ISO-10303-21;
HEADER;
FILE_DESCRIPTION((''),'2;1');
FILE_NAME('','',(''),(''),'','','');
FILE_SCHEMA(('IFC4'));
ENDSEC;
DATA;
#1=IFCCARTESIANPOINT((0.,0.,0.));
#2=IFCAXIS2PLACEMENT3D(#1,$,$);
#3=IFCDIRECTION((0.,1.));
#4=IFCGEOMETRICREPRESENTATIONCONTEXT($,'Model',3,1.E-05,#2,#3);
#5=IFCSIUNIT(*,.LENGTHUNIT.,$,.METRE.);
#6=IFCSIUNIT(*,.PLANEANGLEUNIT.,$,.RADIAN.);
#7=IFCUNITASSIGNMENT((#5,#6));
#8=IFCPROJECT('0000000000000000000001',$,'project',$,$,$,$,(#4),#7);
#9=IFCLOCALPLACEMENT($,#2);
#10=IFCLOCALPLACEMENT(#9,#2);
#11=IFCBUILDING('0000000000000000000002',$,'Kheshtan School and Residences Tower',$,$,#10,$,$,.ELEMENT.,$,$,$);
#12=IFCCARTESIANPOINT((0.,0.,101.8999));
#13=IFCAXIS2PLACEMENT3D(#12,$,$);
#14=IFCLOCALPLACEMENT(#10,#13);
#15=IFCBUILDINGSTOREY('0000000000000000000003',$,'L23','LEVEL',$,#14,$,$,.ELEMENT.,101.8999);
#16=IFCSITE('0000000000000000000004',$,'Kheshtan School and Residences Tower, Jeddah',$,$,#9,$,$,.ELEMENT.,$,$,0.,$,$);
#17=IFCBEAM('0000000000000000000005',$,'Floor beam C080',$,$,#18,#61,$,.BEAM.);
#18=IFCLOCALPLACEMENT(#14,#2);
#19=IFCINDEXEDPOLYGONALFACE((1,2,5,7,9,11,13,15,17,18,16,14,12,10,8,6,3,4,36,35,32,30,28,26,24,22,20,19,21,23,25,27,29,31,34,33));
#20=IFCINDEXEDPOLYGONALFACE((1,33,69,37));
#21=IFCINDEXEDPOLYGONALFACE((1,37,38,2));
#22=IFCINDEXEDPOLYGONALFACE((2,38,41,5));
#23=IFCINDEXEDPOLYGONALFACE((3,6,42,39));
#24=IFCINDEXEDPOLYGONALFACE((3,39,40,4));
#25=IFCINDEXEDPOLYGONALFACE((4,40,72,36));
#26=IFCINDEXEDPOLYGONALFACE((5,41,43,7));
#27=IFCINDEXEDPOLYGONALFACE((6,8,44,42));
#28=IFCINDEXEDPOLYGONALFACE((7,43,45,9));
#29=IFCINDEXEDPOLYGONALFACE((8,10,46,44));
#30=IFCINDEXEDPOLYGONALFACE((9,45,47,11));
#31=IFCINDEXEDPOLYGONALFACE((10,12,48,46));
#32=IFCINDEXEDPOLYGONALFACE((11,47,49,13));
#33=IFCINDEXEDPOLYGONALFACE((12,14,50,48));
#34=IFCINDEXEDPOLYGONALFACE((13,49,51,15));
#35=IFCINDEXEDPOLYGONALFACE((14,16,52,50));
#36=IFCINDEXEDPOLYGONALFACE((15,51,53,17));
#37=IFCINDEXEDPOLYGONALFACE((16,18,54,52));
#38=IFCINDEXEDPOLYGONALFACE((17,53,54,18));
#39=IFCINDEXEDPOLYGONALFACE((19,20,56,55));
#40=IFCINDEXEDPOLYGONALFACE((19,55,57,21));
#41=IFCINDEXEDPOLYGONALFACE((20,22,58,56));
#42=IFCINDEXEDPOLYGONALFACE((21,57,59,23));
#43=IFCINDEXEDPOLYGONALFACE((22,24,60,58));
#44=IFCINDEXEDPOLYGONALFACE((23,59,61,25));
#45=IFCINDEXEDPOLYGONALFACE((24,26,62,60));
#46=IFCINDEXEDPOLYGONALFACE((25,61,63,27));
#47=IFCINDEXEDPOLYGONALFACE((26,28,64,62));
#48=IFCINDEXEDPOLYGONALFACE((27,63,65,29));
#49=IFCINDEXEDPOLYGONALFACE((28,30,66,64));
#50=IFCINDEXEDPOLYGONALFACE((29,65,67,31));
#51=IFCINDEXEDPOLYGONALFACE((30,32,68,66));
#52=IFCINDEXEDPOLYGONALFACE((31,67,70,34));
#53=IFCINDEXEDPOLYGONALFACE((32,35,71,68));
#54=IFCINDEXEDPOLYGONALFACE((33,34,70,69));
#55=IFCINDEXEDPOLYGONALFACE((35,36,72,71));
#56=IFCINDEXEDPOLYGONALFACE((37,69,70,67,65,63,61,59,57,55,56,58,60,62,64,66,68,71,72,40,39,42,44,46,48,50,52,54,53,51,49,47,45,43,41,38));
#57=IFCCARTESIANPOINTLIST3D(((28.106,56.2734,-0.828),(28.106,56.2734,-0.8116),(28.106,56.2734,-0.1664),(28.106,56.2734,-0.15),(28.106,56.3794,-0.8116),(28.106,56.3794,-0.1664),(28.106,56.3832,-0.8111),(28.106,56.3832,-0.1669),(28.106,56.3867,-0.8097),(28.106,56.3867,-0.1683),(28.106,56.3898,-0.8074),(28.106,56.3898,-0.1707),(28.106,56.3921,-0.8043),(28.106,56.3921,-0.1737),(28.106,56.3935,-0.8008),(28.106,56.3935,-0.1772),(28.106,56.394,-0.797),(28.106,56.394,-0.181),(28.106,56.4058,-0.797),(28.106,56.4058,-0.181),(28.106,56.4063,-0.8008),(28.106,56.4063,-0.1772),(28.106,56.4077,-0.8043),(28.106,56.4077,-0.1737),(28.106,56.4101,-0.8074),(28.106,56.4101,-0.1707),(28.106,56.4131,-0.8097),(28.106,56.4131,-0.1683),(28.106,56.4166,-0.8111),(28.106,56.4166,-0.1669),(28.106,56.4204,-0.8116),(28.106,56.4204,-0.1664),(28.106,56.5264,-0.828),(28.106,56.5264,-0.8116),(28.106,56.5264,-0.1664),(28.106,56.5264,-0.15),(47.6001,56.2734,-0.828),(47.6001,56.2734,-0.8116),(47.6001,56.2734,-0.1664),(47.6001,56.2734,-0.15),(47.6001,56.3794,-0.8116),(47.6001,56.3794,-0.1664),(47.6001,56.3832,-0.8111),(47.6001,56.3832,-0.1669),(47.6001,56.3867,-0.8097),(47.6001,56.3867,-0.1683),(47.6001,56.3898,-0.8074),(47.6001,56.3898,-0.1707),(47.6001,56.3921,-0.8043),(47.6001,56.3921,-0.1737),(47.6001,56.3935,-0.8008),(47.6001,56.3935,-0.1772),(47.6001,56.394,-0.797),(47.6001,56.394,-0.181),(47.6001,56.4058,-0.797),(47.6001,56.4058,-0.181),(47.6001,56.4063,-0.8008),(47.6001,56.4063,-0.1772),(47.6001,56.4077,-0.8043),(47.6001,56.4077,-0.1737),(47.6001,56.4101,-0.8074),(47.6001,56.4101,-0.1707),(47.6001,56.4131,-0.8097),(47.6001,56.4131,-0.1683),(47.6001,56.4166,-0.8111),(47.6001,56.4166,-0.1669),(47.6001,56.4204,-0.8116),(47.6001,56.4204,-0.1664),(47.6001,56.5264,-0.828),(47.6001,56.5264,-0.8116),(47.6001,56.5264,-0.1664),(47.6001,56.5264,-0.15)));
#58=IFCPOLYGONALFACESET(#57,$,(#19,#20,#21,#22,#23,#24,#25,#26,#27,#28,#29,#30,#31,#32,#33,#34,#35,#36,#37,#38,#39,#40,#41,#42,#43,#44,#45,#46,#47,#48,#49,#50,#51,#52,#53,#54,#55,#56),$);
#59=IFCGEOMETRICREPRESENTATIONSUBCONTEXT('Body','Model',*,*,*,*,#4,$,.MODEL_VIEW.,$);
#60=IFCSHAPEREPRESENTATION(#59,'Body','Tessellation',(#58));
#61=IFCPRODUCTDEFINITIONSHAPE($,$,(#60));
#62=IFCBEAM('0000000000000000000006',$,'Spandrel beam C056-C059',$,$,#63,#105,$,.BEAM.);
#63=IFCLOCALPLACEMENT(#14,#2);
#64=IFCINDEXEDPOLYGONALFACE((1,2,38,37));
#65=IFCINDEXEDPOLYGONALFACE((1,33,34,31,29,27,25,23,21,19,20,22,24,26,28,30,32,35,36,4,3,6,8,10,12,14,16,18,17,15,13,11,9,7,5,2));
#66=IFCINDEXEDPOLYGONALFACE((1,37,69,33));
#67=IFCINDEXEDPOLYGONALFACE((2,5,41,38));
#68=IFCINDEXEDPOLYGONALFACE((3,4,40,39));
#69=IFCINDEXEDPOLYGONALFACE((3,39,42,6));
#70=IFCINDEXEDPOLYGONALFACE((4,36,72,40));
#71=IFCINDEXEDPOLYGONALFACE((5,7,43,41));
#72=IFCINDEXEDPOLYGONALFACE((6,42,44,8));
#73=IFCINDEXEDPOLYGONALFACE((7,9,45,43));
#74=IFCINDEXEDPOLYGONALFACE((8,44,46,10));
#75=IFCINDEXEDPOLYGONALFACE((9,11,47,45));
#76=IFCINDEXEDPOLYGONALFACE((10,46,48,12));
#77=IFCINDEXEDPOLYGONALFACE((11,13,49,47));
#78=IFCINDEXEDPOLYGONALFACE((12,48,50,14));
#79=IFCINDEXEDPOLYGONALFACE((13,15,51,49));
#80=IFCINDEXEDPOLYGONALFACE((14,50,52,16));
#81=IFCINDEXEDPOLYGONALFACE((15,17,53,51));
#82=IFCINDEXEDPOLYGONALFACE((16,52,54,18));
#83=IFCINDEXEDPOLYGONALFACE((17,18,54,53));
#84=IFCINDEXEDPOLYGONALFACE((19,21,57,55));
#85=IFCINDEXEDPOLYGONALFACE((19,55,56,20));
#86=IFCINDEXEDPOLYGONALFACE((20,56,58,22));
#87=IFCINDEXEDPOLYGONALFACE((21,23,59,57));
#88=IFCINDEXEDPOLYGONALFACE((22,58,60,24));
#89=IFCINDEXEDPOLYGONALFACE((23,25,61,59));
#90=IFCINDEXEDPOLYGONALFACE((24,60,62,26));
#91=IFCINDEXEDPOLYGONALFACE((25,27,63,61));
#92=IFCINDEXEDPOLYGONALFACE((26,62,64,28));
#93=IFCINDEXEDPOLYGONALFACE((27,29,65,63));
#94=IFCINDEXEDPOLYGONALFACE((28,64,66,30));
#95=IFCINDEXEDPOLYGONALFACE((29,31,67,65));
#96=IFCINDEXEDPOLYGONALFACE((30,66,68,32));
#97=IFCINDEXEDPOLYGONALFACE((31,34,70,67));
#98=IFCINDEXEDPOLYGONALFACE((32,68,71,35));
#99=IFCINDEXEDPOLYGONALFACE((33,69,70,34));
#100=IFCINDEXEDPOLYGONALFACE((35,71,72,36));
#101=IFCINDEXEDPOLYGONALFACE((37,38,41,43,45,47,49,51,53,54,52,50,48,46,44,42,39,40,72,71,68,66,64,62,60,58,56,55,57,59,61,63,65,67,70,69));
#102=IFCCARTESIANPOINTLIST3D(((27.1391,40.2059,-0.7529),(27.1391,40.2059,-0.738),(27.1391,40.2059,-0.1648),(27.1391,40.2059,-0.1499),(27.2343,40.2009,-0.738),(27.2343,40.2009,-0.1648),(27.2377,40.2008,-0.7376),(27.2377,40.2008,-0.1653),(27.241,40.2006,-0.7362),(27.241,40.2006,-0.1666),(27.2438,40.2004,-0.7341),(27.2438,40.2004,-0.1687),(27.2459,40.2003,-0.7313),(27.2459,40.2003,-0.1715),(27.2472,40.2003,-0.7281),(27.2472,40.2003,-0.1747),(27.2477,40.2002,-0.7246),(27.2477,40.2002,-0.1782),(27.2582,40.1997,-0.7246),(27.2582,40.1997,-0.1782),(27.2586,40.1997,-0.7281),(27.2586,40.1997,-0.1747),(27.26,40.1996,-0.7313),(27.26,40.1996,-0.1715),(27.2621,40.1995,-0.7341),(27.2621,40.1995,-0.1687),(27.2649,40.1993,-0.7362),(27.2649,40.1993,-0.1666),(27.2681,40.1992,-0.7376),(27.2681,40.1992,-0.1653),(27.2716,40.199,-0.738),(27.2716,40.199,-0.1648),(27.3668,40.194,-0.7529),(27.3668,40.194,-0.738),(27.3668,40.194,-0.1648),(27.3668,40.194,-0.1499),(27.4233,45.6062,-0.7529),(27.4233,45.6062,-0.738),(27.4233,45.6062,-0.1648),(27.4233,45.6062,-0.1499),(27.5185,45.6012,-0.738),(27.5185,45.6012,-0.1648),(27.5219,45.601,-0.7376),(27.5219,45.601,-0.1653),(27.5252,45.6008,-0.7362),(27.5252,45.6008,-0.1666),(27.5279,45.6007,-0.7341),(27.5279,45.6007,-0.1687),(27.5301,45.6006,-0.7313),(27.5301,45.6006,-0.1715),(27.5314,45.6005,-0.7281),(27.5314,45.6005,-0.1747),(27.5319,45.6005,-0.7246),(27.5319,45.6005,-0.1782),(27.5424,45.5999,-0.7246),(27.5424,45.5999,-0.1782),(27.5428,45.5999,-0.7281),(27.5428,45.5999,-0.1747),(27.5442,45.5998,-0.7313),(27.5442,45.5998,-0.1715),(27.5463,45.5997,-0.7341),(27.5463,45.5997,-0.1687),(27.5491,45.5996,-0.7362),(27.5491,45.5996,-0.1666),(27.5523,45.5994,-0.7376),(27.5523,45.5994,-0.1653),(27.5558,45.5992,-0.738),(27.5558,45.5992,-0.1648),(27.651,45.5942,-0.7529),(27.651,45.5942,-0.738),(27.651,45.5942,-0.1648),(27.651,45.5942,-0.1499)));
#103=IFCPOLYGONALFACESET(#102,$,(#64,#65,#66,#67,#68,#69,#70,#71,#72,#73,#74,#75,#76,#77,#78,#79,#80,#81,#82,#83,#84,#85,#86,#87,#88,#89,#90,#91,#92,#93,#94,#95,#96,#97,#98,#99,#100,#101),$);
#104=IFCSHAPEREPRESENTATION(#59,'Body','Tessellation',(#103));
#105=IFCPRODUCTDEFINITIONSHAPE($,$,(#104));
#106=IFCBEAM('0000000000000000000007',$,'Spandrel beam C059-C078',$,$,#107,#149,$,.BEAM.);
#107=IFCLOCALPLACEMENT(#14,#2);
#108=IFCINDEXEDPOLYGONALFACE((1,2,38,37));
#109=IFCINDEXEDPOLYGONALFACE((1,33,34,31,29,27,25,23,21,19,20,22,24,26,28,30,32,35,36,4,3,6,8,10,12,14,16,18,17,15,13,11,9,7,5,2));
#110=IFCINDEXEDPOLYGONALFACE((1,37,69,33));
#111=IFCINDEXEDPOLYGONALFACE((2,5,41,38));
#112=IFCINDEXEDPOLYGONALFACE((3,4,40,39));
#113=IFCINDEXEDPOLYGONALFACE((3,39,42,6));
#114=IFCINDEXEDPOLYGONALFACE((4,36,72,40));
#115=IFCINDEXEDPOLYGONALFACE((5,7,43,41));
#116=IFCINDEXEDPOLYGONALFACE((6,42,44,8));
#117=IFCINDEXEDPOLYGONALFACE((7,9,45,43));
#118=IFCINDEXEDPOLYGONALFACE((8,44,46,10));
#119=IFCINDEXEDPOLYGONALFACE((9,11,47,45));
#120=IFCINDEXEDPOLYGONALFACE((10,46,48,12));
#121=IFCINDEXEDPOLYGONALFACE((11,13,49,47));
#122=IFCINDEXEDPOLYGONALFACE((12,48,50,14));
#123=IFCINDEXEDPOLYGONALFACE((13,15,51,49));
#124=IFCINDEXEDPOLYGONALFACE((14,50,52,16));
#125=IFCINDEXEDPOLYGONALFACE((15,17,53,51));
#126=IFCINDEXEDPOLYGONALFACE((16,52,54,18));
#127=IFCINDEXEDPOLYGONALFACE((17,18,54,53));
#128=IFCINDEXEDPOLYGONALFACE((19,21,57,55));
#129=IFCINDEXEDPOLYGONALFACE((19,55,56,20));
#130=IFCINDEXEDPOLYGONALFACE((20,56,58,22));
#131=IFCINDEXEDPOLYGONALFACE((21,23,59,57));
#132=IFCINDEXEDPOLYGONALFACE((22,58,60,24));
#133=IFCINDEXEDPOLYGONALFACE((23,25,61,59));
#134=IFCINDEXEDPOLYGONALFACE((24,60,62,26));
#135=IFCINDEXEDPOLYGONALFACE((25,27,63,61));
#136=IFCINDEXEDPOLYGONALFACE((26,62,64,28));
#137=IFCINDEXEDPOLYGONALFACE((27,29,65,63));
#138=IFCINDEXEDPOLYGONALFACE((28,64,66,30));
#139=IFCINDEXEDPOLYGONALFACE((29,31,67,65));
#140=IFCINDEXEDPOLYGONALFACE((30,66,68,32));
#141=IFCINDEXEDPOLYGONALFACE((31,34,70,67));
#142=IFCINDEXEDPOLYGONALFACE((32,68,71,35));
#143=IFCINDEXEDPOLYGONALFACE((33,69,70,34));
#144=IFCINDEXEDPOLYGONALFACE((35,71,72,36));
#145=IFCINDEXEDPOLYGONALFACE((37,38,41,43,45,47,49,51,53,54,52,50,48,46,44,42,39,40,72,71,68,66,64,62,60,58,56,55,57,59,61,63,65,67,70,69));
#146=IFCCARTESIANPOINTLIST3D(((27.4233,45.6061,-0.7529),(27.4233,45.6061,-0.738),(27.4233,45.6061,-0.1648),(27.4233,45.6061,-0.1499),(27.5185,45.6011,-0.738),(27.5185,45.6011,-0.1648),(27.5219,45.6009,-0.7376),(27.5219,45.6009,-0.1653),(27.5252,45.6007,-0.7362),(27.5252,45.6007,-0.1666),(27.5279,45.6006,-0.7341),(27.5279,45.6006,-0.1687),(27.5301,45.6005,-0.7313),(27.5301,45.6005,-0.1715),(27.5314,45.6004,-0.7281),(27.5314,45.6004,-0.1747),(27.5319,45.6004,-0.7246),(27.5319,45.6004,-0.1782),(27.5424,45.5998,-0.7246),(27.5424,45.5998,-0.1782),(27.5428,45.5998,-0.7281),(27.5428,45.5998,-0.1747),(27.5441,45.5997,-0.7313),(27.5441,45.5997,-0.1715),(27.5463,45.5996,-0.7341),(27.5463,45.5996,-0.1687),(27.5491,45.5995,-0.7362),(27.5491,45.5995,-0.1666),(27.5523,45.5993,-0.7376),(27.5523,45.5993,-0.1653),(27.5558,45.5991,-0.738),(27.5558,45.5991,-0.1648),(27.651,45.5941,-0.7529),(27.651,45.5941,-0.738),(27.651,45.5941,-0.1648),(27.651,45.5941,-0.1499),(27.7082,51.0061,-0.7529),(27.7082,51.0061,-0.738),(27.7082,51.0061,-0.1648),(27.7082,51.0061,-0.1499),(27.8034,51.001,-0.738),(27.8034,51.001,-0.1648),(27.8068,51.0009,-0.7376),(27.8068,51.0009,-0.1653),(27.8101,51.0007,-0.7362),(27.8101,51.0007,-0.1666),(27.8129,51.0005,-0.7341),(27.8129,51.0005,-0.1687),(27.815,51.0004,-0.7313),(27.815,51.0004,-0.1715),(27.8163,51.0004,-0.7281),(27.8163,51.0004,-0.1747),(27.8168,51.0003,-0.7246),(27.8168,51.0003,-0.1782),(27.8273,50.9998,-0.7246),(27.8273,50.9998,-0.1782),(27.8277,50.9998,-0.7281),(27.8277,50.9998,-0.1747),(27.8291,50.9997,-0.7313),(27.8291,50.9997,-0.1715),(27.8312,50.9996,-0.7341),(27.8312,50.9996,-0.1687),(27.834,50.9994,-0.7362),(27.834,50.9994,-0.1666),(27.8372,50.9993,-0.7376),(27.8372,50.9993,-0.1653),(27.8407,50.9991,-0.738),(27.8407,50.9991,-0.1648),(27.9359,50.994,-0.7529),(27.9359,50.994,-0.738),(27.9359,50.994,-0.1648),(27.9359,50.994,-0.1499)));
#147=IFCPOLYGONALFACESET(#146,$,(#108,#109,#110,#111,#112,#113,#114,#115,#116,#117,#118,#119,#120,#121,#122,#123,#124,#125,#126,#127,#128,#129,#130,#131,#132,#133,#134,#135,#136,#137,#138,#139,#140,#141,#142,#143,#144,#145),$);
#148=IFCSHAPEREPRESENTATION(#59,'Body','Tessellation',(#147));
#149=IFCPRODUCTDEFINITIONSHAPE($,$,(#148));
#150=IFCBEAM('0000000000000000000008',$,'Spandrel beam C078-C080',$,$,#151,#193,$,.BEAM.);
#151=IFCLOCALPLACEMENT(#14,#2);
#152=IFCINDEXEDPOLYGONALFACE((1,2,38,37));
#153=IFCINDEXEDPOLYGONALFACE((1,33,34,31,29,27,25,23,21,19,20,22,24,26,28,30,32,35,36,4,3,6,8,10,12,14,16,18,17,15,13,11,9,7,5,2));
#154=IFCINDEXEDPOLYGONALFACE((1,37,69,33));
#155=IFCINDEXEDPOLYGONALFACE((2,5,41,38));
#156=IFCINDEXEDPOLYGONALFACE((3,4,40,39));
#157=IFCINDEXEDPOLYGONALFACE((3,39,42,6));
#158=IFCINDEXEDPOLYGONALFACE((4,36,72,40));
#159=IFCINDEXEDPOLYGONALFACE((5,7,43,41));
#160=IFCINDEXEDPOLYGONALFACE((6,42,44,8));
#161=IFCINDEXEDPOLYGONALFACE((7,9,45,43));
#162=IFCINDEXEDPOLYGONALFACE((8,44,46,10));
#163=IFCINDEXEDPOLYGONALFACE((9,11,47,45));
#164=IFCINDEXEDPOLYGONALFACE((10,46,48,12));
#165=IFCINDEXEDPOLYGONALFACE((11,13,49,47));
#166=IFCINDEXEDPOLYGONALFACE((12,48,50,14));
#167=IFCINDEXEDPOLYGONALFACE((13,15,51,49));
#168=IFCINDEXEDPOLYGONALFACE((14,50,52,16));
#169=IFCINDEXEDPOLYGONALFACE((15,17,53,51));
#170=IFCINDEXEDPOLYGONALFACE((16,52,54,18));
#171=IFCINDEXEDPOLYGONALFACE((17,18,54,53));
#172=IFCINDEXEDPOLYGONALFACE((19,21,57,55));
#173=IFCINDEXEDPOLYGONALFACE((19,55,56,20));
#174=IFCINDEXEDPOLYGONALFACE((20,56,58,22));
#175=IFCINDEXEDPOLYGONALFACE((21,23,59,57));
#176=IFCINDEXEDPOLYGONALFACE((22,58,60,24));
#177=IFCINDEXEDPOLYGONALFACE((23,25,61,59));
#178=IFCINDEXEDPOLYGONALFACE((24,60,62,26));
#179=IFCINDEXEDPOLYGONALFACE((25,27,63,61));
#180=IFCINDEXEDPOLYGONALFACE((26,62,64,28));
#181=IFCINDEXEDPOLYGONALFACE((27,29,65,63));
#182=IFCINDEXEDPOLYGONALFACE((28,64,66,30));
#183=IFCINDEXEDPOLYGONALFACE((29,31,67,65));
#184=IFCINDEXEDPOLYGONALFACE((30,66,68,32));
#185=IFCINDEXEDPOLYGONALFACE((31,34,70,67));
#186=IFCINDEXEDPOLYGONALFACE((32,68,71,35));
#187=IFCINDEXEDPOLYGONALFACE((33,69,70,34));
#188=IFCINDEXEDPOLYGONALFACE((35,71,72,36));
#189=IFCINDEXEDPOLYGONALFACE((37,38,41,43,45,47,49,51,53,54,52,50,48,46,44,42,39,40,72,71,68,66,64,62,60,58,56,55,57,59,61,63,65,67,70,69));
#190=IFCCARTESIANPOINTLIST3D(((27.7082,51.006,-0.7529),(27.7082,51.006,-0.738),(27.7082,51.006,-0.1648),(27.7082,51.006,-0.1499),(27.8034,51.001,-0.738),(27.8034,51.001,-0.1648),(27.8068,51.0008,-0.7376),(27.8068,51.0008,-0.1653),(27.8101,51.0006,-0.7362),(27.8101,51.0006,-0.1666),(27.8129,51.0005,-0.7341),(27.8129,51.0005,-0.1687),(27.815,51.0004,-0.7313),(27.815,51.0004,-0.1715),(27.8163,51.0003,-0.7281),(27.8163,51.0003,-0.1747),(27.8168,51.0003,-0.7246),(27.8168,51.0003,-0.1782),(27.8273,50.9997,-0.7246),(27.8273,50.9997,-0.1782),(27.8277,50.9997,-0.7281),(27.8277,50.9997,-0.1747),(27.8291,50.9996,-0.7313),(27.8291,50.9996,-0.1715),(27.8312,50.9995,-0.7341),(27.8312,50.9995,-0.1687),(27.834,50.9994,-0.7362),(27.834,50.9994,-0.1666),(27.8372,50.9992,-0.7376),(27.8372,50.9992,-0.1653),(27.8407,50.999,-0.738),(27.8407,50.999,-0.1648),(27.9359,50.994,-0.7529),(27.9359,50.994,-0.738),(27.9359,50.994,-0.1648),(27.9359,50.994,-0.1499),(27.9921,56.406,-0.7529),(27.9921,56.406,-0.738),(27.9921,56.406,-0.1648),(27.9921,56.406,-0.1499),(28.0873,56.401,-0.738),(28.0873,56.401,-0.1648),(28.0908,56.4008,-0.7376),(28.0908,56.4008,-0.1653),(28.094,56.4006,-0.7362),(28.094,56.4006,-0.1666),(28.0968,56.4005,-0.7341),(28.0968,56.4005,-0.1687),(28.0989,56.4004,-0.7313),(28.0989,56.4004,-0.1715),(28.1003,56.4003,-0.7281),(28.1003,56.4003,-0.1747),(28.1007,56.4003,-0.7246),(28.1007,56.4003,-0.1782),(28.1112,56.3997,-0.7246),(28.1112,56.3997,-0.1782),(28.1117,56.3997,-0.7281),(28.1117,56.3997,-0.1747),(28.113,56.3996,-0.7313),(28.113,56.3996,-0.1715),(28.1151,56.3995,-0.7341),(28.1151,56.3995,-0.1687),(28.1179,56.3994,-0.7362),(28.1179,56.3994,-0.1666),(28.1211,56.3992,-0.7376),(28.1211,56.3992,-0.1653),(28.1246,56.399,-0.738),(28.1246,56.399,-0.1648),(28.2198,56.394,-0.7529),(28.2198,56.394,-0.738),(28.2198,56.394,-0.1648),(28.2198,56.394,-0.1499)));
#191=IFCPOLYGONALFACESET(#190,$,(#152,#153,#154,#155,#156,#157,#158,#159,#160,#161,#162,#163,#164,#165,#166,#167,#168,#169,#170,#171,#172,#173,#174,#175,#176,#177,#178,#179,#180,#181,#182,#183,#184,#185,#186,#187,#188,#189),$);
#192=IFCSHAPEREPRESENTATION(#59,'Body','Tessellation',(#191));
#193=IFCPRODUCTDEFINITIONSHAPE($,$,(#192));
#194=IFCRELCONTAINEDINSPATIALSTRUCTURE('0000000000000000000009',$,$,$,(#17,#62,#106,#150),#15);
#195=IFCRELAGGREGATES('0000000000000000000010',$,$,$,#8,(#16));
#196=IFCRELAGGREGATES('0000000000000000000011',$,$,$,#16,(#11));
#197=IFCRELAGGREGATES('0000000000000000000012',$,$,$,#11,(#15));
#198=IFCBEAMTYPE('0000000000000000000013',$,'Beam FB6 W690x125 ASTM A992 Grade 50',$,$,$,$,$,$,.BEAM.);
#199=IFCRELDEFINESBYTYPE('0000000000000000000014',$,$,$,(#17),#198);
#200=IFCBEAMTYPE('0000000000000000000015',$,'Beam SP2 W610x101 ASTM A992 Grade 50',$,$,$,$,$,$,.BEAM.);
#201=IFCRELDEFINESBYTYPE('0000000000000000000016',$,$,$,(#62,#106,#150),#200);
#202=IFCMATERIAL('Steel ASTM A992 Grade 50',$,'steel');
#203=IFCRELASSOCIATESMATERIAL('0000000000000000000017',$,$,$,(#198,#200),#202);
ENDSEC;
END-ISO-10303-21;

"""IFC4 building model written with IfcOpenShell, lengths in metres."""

from ifc_helpers import new_model, si_unit, direction, frame, origin, origin_2d, place, context, subcontext, project, spatial, i_section, extrude, material, material_profile, profile_set, type_object, element, save


model = new_model("IFC4")

# Units and contexts
model_context = context("Model", 3, precision=1e-05, world=origin(), true_north=direction((0.0, 1.0)))
body_context = subcontext(model_context, "Body", "Model", "MODEL_VIEW")
ifc_project = project(units=[si_unit("LENGTHUNIT", "METRE"), si_unit("PLANEANGLEUNIT", "RADIAN")], contexts=[model_context])

# Site, building, storey
site_placement = place(None, origin())
site = spatial("IfcSite", under=ifc_project, at=site_placement, Name="Kheshtan School and Residences Tower, Jeddah", CompositionType="ELEMENT", RefElevation=0.0)
building_placement = place(site_placement, origin())
building = spatial("IfcBuilding", under=site, at=building_placement, Name="Kheshtan School and Residences Tower", CompositionType="ELEMENT")
storey_placement = place(building_placement, frame((0.0, 0.0, 101.8999)))
storey = spatial("IfcBuildingStorey", under=building, at=storey_placement, Name="L23", Description="LEVEL", CompositionType="ELEMENT", Elevation=101.8999)

# Shared definitions
ifc_material_1 = material(Name="Steel ASTM A992 Grade 50", Category="steel")

# Beams
ifc_material_profile_1 = material_profile(ifc_material_1, i_section(OverallWidth=0.2529, OverallDepth=0.678, WebThickness=0.0117, FlangeThickness=0.0164, FilletRadius=0.0146, at=origin_2d()), Name="W690x125")
ifc_profile_set_1 = profile_set([ifc_material_profile_1], Name="Steel ASTM A992 Grade 50")
beam_type_1 = type_object("IfcBeamType", Name="Beam FB6 W690x125 ASTM A992 Grade 50", PredefinedType="BEAM", material=ifc_profile_set_1)
beam_1_placement = place(storey_placement, frame((28.106, 56.3999, -0.489), z_axis=(1.0, 0.0, 0.0), x_axis=(0.0, 1.0, 0.0)))
element("IfcBeam", 1, at=beam_1_placement, inside=storey, type_object=beam_type_1, Name="Floor beam C080", PredefinedType="BEAM", context=body_context, shape_type="SweptSolid", body=[
    extrude(i_section(OverallWidth=0.2529, OverallDepth=0.678, WebThickness=0.0117, FlangeThickness=0.0164, FilletRadius=0.0146, at=origin_2d()), origin(), (0.0, 0.0, 1.0), 19.4941),
])
ifc_material_profile_2 = material_profile(ifc_material_1, i_section(OverallWidth=0.228, OverallDepth=0.603, WebThickness=0.0105, FlangeThickness=0.0149, FilletRadius=0.0134, at=origin_2d()), Name="W610x101")
ifc_profile_set_2 = profile_set([ifc_material_profile_2], Name="Steel ASTM A992 Grade 50")
beam_type_2 = type_object("IfcBeamType", Name="Beam SP2 W610x101 ASTM A992 Grade 50", PredefinedType="BEAM", material=ifc_profile_set_2)
beam_2_placement = place(storey_placement, frame((27.2529, 40.2, -0.4514), z_axis=(0.052552, 0.998618, 0.0), x_axis=(-0.998618, 0.052552, 0.0)))
element("IfcBeam", 2, at=beam_2_placement, inside=storey, type_object=beam_type_2, Name="Spandrel beam C056-C059", PredefinedType="BEAM", context=body_context, shape_type="SweptSolid", body=[
    extrude(i_section(OverallWidth=0.228, OverallDepth=0.603, WebThickness=0.0105, FlangeThickness=0.0149, FilletRadius=0.0134, at=origin_2d()), origin(), (0.0, 0.0, 1.0), 5.4077),
])
for number, where, z_axis, x_axis, name in (
    (3, (27.5371, 45.6001, -0.4514), (0.052689, 0.998611, 0.0), (-0.998611, 0.052689, 0.0), "Spandrel beam C059-C078"),
    (4, (27.822, 51.0, -0.4514), (0.052509, 0.99862, 0.0), (-0.99862, 0.052509, 0.0), "Spandrel beam C078-C080"),
):
    element("IfcBeam", number, at=place(storey_placement, frame(where, z_axis=z_axis, x_axis=x_axis)), inside=storey, type_object=beam_type_2, Name=name, PredefinedType="BEAM", context=body_context, shape_type="SweptSolid", body=[
        extrude(i_section(OverallWidth=0.228, OverallDepth=0.603, WebThickness=0.0105, FlangeThickness=0.0149, FilletRadius=0.0134, at=origin_2d()), origin(), (0.0, 0.0, 1.0), 5.4075),
    ])

save(model, "model.ifc")
